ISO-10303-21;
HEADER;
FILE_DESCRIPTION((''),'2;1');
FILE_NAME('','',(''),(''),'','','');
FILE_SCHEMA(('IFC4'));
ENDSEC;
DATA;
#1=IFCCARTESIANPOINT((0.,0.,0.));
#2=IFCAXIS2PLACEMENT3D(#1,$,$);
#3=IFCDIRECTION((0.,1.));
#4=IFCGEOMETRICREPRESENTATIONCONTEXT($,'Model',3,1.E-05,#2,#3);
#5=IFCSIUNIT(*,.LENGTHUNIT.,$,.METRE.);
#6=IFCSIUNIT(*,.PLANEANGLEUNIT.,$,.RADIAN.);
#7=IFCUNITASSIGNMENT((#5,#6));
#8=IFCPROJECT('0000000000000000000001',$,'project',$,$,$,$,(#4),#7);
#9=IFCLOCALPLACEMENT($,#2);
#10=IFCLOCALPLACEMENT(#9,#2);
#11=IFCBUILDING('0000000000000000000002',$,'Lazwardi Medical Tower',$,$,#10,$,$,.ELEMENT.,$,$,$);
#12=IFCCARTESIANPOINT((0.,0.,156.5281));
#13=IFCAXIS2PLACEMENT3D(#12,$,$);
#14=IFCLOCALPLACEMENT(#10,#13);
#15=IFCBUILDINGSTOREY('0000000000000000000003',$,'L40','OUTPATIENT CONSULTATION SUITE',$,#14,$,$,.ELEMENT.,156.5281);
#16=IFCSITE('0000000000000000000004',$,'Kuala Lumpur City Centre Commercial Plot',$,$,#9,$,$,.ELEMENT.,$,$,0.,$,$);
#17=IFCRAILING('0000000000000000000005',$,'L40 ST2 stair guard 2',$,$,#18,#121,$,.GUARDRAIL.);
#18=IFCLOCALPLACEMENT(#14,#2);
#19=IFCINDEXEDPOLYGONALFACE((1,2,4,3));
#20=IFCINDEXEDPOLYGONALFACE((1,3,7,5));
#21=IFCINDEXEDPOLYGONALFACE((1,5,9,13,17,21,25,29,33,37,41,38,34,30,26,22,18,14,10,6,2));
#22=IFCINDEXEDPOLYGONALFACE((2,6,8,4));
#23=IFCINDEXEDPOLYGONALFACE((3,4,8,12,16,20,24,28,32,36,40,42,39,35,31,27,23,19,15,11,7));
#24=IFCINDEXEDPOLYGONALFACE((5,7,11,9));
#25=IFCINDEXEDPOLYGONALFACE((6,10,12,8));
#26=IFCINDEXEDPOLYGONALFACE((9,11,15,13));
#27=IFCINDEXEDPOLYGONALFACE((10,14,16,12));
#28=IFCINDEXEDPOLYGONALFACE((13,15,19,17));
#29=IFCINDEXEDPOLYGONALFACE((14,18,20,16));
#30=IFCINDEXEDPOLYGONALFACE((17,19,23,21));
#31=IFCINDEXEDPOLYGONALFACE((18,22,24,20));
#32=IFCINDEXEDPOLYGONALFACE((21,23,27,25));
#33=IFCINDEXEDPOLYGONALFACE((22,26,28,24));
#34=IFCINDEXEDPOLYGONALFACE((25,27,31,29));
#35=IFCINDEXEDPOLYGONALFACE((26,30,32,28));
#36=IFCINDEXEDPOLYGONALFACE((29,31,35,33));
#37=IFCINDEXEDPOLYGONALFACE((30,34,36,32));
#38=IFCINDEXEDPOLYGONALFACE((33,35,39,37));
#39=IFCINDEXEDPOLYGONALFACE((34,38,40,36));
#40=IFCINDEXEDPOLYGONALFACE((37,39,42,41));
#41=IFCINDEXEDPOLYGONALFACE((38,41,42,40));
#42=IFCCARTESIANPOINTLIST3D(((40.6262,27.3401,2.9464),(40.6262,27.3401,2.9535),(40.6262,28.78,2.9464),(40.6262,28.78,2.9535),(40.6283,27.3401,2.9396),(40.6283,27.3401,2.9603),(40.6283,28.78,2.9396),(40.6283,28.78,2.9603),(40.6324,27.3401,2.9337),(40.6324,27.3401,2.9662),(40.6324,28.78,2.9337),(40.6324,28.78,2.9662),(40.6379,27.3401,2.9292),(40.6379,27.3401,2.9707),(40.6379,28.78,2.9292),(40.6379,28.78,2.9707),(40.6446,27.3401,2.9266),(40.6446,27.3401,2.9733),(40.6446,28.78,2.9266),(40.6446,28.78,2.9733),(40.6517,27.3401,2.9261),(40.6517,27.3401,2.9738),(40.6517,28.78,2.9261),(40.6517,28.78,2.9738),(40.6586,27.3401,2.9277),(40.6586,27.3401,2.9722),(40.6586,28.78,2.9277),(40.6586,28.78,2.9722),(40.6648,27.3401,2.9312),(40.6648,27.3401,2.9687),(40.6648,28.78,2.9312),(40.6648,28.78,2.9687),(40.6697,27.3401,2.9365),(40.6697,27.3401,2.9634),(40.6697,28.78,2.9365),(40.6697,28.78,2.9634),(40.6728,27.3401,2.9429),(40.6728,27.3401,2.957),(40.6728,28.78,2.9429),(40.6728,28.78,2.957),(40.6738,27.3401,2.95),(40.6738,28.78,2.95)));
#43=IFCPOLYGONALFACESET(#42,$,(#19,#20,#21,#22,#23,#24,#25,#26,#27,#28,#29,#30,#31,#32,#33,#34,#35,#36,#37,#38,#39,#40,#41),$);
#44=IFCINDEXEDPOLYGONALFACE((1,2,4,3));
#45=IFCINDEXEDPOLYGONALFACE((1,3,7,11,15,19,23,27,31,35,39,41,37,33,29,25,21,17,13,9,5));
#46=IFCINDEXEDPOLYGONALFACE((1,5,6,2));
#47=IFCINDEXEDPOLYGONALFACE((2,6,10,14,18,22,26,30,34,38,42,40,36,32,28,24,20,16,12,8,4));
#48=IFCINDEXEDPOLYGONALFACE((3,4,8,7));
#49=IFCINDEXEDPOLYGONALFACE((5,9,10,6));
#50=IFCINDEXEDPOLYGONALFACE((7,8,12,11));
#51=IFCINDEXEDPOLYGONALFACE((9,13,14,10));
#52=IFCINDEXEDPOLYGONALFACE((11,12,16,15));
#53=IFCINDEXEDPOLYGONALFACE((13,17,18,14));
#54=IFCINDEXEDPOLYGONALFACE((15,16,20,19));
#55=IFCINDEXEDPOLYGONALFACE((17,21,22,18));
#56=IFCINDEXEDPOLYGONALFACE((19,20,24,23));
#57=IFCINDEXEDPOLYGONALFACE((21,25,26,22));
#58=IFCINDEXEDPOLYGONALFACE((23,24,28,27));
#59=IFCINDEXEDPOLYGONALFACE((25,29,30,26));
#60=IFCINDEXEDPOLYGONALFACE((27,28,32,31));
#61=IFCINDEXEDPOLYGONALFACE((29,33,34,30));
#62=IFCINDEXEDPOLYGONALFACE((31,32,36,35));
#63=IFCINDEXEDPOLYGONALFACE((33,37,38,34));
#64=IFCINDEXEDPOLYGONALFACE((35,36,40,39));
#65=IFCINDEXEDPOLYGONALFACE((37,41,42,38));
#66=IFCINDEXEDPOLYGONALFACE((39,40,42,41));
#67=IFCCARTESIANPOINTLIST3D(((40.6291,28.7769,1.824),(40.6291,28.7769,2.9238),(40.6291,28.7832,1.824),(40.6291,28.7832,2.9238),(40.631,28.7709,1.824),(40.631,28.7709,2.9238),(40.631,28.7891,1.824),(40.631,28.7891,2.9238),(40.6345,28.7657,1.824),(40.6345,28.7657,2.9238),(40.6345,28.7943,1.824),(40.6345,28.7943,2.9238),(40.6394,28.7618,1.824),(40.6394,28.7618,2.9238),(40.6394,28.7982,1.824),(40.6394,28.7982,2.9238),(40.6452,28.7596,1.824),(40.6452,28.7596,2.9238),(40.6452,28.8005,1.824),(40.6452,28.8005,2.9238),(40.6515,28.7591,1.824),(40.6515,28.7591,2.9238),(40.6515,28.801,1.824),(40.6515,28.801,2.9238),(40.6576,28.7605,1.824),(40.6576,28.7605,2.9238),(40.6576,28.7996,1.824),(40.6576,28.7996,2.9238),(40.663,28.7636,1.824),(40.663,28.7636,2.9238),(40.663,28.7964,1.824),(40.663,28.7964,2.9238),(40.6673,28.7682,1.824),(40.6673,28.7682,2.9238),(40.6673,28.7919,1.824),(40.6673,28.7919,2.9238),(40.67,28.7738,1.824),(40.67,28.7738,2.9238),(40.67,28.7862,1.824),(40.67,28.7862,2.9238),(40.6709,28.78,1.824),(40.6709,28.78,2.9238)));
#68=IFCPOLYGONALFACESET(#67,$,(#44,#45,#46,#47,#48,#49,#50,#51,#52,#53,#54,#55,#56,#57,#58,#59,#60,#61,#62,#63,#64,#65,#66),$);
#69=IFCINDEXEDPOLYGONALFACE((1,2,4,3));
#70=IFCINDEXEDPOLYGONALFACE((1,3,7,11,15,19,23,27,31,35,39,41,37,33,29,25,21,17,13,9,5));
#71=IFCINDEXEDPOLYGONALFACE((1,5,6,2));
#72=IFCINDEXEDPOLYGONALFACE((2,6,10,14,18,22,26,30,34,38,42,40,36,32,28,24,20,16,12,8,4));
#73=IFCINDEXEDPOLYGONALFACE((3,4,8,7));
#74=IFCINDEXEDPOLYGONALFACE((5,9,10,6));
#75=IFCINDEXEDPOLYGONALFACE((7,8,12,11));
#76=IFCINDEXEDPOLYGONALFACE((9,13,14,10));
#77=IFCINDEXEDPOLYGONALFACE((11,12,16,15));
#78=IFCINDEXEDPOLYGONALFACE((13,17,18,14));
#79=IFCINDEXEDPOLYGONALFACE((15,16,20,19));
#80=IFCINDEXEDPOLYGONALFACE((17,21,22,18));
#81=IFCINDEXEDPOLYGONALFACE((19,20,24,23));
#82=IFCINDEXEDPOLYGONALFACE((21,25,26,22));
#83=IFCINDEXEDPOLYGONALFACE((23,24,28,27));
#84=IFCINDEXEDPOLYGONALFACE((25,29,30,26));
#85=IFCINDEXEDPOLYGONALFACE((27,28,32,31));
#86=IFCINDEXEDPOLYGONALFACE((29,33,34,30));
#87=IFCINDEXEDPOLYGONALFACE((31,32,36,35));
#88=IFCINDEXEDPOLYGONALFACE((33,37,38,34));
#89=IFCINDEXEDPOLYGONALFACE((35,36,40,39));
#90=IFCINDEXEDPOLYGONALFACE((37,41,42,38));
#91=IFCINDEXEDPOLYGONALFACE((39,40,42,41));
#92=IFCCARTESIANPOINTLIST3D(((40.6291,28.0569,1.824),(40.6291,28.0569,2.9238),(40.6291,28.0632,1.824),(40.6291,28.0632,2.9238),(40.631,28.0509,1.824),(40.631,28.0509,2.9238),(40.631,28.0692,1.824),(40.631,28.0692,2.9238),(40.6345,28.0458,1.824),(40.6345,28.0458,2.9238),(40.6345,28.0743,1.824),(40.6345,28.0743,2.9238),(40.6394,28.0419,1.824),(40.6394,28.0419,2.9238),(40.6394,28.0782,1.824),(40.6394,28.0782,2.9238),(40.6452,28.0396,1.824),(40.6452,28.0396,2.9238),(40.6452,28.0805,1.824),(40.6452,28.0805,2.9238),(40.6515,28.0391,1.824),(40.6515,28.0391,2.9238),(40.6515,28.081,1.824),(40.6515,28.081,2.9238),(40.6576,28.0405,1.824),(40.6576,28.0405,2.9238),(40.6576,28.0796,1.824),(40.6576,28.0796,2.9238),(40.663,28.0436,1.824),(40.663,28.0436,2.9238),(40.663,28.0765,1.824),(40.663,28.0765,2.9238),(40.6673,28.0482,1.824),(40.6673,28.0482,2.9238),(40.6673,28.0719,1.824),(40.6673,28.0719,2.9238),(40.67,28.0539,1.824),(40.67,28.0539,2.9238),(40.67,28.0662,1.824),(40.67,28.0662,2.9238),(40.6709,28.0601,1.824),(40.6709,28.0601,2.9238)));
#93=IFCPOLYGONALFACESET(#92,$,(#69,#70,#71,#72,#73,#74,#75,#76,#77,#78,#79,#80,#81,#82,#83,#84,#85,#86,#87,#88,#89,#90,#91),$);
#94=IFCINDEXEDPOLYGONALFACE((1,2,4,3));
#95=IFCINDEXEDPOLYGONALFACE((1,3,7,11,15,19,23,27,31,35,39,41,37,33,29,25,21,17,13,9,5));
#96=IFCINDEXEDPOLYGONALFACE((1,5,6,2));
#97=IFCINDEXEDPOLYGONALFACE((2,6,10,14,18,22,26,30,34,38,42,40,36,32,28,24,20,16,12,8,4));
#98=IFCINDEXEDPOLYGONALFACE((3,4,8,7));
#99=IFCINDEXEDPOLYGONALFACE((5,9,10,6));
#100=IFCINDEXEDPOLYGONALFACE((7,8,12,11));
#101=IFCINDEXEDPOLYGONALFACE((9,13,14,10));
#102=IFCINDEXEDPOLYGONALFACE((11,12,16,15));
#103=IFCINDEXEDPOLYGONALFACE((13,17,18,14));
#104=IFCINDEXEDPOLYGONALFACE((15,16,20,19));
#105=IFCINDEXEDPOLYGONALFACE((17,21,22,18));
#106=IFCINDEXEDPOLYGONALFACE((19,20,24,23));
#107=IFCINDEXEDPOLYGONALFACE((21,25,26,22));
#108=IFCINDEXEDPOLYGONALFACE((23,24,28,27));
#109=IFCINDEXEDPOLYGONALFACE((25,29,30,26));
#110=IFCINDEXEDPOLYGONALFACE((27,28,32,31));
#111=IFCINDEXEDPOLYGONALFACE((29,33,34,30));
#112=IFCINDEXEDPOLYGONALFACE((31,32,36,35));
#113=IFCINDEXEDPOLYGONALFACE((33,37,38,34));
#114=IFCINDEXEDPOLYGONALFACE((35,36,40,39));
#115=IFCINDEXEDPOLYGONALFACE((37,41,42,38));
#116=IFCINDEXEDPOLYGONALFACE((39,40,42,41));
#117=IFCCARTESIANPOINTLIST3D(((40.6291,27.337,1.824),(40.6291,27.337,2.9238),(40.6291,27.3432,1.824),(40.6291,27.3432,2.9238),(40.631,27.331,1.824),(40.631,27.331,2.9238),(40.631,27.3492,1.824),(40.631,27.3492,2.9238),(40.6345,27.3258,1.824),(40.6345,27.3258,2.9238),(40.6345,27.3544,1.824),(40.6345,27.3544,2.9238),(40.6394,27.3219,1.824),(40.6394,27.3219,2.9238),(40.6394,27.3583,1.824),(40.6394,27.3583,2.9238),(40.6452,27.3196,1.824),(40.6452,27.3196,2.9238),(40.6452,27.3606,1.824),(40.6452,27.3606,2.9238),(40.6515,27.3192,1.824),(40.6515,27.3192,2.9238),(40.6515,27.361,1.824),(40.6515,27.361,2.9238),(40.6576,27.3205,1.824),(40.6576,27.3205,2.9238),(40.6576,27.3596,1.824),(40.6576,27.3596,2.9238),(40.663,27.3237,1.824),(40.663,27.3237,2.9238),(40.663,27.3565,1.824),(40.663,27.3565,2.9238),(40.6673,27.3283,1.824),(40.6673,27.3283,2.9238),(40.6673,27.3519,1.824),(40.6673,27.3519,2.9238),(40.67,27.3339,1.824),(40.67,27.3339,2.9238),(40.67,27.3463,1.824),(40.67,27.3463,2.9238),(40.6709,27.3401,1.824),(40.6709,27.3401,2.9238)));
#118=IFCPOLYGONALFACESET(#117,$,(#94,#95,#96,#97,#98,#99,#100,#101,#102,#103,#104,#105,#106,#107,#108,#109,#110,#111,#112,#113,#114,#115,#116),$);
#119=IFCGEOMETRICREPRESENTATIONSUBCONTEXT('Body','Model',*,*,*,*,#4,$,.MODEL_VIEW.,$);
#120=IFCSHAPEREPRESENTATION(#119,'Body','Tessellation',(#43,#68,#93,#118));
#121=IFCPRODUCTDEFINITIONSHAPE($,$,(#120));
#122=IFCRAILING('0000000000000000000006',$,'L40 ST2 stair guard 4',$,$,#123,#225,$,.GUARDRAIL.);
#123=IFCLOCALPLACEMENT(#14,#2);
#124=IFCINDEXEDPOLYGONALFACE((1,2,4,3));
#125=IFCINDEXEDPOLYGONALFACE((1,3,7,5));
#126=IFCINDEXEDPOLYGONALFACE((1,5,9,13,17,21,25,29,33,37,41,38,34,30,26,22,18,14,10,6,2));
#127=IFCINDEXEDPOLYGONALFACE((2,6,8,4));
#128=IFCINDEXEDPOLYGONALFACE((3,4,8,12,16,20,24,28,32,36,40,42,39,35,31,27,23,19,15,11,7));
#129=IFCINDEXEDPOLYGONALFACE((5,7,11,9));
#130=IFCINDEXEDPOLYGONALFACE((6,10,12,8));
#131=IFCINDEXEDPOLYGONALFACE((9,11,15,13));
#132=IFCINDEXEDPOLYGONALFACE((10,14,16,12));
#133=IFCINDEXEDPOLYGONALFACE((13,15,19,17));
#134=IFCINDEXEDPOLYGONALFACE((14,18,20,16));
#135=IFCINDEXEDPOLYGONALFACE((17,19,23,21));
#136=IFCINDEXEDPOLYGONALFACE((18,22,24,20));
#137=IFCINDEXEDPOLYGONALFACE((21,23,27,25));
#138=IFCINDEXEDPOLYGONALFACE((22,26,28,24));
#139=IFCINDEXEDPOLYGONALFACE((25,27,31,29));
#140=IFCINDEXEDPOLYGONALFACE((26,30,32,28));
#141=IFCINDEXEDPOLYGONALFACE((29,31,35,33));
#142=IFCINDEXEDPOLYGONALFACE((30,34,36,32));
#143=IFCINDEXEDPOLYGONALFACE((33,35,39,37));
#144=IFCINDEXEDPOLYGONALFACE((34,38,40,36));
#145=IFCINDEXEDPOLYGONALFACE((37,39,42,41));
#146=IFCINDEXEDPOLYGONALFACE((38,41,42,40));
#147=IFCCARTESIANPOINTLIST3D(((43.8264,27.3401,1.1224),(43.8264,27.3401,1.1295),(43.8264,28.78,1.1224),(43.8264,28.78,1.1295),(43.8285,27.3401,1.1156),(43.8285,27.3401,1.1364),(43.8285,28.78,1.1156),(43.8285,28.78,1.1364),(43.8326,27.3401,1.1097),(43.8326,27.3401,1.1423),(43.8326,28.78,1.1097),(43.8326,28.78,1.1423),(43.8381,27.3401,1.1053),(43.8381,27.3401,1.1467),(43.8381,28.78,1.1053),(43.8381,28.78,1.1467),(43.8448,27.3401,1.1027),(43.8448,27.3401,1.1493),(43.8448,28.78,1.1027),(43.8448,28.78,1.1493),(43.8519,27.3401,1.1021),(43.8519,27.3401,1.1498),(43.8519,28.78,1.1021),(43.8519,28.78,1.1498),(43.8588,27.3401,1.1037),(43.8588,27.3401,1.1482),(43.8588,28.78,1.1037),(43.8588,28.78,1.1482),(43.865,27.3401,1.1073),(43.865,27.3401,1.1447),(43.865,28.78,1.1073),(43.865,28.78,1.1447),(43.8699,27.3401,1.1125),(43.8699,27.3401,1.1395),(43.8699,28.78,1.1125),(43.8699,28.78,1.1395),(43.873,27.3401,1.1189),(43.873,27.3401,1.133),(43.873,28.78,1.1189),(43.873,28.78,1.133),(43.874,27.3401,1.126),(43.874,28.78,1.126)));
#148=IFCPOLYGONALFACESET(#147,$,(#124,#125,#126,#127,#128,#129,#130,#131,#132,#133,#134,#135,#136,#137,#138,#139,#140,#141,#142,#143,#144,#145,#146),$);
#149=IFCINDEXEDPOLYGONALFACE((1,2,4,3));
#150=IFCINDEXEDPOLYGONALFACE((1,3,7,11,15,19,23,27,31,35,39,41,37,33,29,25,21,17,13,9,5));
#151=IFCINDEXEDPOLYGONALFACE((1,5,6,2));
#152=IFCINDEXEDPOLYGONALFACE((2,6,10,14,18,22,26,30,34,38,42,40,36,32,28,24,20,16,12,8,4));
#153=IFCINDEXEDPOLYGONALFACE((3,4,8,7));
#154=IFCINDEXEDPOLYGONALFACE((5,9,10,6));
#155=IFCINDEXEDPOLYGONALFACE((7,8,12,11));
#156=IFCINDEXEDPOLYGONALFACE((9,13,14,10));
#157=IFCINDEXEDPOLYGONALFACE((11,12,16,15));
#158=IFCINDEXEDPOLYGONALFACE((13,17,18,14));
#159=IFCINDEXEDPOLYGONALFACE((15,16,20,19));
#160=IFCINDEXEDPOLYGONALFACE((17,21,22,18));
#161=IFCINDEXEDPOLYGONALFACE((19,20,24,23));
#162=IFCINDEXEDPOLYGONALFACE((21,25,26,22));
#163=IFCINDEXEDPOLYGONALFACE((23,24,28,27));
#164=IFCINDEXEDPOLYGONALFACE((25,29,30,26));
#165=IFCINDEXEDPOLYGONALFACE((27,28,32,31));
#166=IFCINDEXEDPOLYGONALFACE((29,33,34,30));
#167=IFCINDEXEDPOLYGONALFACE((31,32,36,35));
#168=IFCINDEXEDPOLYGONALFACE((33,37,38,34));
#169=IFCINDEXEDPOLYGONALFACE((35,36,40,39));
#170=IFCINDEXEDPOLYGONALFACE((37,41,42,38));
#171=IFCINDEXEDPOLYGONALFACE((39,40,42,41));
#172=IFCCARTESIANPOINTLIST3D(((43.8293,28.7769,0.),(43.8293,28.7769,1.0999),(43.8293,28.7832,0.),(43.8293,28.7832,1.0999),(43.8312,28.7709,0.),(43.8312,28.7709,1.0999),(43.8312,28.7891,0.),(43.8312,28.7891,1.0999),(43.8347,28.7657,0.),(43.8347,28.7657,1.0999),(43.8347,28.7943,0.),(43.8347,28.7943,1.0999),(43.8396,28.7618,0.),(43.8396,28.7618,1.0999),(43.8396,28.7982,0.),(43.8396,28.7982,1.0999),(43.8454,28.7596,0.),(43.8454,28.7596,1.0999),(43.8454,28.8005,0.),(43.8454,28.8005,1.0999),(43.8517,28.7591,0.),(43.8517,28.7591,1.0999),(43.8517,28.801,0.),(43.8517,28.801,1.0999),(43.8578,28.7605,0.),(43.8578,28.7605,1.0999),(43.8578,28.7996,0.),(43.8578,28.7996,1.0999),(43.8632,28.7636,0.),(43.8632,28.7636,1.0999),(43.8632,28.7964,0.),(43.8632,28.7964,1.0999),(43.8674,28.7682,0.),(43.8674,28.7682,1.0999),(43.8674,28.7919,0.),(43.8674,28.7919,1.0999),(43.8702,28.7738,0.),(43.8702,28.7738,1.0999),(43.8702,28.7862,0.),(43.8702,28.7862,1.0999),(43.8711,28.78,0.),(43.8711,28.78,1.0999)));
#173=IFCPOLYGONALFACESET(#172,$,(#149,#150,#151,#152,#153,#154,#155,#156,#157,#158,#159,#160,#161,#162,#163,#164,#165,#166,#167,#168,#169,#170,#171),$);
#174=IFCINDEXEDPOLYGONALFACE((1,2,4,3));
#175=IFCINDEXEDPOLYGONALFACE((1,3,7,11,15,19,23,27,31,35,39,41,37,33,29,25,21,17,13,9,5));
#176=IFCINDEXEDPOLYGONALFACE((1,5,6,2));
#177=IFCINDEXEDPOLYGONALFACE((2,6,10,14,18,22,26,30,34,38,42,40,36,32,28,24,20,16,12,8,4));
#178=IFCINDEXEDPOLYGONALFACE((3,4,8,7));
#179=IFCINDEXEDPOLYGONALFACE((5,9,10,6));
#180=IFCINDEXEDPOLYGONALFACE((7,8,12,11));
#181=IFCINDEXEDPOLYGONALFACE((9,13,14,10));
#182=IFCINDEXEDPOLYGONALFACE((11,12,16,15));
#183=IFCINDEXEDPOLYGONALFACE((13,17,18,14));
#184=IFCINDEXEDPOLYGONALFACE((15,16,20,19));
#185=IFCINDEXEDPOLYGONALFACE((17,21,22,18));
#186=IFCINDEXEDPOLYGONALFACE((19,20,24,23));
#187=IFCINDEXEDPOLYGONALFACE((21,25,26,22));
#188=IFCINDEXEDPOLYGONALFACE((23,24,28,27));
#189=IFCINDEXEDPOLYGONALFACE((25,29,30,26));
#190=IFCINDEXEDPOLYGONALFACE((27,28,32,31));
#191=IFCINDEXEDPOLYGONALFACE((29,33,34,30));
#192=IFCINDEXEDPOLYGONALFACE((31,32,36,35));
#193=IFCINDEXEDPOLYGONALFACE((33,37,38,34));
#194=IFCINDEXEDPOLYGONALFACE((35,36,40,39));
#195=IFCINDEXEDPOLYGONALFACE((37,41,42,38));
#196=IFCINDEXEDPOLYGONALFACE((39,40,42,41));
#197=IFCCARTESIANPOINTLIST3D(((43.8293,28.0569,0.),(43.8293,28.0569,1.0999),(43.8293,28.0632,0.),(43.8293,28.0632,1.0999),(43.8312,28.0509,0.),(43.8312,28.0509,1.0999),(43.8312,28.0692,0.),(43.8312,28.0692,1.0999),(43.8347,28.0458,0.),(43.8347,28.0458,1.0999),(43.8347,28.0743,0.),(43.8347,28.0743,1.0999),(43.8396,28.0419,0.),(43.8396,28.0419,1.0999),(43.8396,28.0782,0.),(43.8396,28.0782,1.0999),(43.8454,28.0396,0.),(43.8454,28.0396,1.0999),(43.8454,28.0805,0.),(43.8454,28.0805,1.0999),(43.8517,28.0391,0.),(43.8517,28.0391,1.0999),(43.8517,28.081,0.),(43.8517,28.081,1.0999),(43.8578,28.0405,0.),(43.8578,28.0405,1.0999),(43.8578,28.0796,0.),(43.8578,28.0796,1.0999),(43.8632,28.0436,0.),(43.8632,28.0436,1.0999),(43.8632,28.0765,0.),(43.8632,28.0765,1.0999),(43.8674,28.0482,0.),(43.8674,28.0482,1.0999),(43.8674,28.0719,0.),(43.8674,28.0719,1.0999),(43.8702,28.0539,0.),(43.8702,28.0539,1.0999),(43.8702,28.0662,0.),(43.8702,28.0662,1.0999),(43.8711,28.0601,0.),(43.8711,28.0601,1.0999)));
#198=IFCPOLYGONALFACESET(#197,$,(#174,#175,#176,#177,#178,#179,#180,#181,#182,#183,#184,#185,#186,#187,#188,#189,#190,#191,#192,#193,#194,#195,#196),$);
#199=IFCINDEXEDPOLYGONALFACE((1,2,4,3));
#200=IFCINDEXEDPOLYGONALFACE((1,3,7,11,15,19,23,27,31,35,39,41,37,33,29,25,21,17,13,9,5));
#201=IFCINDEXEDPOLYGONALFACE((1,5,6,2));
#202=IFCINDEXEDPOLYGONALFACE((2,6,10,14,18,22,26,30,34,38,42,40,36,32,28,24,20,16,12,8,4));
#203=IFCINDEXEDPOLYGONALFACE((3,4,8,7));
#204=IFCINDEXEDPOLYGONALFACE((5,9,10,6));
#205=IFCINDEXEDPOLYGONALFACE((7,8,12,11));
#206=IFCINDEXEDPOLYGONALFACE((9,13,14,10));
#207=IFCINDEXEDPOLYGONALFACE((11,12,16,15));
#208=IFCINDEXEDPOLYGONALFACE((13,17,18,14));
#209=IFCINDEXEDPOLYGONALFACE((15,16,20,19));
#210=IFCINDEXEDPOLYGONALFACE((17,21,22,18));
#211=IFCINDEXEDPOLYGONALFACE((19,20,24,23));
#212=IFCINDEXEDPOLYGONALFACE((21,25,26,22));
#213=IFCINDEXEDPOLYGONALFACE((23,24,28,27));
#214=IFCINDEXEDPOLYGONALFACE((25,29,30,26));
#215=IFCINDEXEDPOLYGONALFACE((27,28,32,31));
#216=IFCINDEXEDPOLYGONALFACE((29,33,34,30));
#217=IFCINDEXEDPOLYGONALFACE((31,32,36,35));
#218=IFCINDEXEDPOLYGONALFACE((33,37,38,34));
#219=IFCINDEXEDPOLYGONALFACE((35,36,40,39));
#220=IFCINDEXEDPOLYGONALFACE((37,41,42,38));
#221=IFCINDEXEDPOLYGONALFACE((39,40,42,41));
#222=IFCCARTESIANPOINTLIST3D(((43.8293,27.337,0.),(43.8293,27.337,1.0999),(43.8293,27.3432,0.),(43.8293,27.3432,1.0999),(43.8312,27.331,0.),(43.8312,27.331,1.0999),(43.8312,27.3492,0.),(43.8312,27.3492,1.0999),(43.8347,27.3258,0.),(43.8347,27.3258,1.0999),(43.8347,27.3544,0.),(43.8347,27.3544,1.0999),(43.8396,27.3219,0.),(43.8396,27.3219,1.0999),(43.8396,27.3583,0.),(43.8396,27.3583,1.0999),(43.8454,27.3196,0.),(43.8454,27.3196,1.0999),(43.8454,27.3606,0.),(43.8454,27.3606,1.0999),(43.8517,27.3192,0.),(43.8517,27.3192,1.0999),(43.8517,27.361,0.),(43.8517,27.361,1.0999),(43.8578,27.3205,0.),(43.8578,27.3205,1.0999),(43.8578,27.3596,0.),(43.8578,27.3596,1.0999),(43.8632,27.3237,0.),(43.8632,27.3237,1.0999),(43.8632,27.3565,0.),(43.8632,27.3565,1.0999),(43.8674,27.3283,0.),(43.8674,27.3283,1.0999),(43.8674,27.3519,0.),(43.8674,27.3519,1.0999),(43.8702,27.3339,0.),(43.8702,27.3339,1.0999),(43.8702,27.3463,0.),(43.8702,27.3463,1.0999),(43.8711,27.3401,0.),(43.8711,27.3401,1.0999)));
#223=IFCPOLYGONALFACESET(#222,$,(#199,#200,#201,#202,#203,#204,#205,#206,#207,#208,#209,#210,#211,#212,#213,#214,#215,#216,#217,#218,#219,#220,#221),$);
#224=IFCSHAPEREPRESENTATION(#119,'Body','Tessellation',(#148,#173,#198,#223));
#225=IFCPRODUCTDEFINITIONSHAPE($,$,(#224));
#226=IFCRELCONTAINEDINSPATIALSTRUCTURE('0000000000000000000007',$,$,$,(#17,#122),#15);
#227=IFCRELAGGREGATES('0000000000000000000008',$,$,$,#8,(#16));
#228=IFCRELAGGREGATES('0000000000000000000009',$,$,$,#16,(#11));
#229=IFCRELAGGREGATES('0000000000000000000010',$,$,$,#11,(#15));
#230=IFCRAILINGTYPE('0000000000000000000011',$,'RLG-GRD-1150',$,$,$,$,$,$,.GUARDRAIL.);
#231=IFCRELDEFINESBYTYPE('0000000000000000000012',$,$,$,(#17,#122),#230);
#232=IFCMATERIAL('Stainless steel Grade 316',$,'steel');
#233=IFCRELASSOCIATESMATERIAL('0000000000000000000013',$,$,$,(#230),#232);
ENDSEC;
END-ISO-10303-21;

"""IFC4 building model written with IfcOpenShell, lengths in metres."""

from ifc_helpers import new_model, si_unit, direction, frame, origin, origin_2d, place, context, subcontext, project, spatial, circle, extrude, material, type_object, element, save


model = new_model("IFC4")

# Units and contexts
model_context = context("Model", 3, precision=1e-05, world=origin(), true_north=direction((0.0, 1.0)))
body_context = subcontext(model_context, "Body", "Model", "MODEL_VIEW")
ifc_project = project(units=[si_unit("LENGTHUNIT", "METRE"), si_unit("PLANEANGLEUNIT", "RADIAN")], contexts=[model_context])

# Site, building, storey
site_placement = place(None, origin())
site = spatial("IfcSite", under=ifc_project, at=site_placement, Name="Kuala Lumpur City Centre Commercial Plot", CompositionType="ELEMENT", RefElevation=0.0)
building_placement = place(site_placement, origin())
building = spatial("IfcBuilding", under=site, at=building_placement, Name="Lazwardi Medical Tower", CompositionType="ELEMENT")
storey_placement = place(building_placement, frame((0.0, 0.0, 156.5281)))
storey = spatial("IfcBuildingStorey", under=building, at=storey_placement, Name="L40", Description="OUTPATIENT CONSULTATION SUITE", CompositionType="ELEMENT", Elevation=156.5281)

# Railings
ifc_material_1 = material(Name="Stainless steel Grade 316", Category="steel")
railing_type_1 = type_object("IfcRailingType", Name="RLG-GRD-1150", PredefinedType="GUARDRAIL", material=ifc_material_1)
for number, where, name in (
    (1, (40.6499, 28.78, 1.824), "L40 ST2 stair guard 2"),
    (2, (43.8501, 28.78, 0.0), "L40 ST2 stair guard 4"),
):
    element("IfcRailing", number, at=place(storey_placement, frame(where)), inside=storey, type_object=railing_type_1, Name=name, PredefinedType="GUARDRAIL", context=body_context, shape_type="SweptSolid", body=[
        extrude(circle(Radius=0.0239, at=origin_2d()), frame((0.0, 0.0, 1.126), z_axis=(0.0, -1.0, 0.0), x_axis=(1.0, 0.0, 0.0)), (0.0, 0.0, 1.0), 1.4399),
        extrude(circle(Radius=0.021, at=origin_2d()), origin(), (0.0, 0.0, 1.0), 1.0999),
        extrude(circle(Radius=0.021, at=origin_2d()), frame((0.0, -0.72, 0.0)), (0.0, 0.0, 1.0), 1.0999),
        extrude(circle(Radius=0.021, at=origin_2d()), frame((0.0, -1.4399, 0.0)), (0.0, 0.0, 1.0), 1.0999),
    ])

save(model, "model.ifc")
